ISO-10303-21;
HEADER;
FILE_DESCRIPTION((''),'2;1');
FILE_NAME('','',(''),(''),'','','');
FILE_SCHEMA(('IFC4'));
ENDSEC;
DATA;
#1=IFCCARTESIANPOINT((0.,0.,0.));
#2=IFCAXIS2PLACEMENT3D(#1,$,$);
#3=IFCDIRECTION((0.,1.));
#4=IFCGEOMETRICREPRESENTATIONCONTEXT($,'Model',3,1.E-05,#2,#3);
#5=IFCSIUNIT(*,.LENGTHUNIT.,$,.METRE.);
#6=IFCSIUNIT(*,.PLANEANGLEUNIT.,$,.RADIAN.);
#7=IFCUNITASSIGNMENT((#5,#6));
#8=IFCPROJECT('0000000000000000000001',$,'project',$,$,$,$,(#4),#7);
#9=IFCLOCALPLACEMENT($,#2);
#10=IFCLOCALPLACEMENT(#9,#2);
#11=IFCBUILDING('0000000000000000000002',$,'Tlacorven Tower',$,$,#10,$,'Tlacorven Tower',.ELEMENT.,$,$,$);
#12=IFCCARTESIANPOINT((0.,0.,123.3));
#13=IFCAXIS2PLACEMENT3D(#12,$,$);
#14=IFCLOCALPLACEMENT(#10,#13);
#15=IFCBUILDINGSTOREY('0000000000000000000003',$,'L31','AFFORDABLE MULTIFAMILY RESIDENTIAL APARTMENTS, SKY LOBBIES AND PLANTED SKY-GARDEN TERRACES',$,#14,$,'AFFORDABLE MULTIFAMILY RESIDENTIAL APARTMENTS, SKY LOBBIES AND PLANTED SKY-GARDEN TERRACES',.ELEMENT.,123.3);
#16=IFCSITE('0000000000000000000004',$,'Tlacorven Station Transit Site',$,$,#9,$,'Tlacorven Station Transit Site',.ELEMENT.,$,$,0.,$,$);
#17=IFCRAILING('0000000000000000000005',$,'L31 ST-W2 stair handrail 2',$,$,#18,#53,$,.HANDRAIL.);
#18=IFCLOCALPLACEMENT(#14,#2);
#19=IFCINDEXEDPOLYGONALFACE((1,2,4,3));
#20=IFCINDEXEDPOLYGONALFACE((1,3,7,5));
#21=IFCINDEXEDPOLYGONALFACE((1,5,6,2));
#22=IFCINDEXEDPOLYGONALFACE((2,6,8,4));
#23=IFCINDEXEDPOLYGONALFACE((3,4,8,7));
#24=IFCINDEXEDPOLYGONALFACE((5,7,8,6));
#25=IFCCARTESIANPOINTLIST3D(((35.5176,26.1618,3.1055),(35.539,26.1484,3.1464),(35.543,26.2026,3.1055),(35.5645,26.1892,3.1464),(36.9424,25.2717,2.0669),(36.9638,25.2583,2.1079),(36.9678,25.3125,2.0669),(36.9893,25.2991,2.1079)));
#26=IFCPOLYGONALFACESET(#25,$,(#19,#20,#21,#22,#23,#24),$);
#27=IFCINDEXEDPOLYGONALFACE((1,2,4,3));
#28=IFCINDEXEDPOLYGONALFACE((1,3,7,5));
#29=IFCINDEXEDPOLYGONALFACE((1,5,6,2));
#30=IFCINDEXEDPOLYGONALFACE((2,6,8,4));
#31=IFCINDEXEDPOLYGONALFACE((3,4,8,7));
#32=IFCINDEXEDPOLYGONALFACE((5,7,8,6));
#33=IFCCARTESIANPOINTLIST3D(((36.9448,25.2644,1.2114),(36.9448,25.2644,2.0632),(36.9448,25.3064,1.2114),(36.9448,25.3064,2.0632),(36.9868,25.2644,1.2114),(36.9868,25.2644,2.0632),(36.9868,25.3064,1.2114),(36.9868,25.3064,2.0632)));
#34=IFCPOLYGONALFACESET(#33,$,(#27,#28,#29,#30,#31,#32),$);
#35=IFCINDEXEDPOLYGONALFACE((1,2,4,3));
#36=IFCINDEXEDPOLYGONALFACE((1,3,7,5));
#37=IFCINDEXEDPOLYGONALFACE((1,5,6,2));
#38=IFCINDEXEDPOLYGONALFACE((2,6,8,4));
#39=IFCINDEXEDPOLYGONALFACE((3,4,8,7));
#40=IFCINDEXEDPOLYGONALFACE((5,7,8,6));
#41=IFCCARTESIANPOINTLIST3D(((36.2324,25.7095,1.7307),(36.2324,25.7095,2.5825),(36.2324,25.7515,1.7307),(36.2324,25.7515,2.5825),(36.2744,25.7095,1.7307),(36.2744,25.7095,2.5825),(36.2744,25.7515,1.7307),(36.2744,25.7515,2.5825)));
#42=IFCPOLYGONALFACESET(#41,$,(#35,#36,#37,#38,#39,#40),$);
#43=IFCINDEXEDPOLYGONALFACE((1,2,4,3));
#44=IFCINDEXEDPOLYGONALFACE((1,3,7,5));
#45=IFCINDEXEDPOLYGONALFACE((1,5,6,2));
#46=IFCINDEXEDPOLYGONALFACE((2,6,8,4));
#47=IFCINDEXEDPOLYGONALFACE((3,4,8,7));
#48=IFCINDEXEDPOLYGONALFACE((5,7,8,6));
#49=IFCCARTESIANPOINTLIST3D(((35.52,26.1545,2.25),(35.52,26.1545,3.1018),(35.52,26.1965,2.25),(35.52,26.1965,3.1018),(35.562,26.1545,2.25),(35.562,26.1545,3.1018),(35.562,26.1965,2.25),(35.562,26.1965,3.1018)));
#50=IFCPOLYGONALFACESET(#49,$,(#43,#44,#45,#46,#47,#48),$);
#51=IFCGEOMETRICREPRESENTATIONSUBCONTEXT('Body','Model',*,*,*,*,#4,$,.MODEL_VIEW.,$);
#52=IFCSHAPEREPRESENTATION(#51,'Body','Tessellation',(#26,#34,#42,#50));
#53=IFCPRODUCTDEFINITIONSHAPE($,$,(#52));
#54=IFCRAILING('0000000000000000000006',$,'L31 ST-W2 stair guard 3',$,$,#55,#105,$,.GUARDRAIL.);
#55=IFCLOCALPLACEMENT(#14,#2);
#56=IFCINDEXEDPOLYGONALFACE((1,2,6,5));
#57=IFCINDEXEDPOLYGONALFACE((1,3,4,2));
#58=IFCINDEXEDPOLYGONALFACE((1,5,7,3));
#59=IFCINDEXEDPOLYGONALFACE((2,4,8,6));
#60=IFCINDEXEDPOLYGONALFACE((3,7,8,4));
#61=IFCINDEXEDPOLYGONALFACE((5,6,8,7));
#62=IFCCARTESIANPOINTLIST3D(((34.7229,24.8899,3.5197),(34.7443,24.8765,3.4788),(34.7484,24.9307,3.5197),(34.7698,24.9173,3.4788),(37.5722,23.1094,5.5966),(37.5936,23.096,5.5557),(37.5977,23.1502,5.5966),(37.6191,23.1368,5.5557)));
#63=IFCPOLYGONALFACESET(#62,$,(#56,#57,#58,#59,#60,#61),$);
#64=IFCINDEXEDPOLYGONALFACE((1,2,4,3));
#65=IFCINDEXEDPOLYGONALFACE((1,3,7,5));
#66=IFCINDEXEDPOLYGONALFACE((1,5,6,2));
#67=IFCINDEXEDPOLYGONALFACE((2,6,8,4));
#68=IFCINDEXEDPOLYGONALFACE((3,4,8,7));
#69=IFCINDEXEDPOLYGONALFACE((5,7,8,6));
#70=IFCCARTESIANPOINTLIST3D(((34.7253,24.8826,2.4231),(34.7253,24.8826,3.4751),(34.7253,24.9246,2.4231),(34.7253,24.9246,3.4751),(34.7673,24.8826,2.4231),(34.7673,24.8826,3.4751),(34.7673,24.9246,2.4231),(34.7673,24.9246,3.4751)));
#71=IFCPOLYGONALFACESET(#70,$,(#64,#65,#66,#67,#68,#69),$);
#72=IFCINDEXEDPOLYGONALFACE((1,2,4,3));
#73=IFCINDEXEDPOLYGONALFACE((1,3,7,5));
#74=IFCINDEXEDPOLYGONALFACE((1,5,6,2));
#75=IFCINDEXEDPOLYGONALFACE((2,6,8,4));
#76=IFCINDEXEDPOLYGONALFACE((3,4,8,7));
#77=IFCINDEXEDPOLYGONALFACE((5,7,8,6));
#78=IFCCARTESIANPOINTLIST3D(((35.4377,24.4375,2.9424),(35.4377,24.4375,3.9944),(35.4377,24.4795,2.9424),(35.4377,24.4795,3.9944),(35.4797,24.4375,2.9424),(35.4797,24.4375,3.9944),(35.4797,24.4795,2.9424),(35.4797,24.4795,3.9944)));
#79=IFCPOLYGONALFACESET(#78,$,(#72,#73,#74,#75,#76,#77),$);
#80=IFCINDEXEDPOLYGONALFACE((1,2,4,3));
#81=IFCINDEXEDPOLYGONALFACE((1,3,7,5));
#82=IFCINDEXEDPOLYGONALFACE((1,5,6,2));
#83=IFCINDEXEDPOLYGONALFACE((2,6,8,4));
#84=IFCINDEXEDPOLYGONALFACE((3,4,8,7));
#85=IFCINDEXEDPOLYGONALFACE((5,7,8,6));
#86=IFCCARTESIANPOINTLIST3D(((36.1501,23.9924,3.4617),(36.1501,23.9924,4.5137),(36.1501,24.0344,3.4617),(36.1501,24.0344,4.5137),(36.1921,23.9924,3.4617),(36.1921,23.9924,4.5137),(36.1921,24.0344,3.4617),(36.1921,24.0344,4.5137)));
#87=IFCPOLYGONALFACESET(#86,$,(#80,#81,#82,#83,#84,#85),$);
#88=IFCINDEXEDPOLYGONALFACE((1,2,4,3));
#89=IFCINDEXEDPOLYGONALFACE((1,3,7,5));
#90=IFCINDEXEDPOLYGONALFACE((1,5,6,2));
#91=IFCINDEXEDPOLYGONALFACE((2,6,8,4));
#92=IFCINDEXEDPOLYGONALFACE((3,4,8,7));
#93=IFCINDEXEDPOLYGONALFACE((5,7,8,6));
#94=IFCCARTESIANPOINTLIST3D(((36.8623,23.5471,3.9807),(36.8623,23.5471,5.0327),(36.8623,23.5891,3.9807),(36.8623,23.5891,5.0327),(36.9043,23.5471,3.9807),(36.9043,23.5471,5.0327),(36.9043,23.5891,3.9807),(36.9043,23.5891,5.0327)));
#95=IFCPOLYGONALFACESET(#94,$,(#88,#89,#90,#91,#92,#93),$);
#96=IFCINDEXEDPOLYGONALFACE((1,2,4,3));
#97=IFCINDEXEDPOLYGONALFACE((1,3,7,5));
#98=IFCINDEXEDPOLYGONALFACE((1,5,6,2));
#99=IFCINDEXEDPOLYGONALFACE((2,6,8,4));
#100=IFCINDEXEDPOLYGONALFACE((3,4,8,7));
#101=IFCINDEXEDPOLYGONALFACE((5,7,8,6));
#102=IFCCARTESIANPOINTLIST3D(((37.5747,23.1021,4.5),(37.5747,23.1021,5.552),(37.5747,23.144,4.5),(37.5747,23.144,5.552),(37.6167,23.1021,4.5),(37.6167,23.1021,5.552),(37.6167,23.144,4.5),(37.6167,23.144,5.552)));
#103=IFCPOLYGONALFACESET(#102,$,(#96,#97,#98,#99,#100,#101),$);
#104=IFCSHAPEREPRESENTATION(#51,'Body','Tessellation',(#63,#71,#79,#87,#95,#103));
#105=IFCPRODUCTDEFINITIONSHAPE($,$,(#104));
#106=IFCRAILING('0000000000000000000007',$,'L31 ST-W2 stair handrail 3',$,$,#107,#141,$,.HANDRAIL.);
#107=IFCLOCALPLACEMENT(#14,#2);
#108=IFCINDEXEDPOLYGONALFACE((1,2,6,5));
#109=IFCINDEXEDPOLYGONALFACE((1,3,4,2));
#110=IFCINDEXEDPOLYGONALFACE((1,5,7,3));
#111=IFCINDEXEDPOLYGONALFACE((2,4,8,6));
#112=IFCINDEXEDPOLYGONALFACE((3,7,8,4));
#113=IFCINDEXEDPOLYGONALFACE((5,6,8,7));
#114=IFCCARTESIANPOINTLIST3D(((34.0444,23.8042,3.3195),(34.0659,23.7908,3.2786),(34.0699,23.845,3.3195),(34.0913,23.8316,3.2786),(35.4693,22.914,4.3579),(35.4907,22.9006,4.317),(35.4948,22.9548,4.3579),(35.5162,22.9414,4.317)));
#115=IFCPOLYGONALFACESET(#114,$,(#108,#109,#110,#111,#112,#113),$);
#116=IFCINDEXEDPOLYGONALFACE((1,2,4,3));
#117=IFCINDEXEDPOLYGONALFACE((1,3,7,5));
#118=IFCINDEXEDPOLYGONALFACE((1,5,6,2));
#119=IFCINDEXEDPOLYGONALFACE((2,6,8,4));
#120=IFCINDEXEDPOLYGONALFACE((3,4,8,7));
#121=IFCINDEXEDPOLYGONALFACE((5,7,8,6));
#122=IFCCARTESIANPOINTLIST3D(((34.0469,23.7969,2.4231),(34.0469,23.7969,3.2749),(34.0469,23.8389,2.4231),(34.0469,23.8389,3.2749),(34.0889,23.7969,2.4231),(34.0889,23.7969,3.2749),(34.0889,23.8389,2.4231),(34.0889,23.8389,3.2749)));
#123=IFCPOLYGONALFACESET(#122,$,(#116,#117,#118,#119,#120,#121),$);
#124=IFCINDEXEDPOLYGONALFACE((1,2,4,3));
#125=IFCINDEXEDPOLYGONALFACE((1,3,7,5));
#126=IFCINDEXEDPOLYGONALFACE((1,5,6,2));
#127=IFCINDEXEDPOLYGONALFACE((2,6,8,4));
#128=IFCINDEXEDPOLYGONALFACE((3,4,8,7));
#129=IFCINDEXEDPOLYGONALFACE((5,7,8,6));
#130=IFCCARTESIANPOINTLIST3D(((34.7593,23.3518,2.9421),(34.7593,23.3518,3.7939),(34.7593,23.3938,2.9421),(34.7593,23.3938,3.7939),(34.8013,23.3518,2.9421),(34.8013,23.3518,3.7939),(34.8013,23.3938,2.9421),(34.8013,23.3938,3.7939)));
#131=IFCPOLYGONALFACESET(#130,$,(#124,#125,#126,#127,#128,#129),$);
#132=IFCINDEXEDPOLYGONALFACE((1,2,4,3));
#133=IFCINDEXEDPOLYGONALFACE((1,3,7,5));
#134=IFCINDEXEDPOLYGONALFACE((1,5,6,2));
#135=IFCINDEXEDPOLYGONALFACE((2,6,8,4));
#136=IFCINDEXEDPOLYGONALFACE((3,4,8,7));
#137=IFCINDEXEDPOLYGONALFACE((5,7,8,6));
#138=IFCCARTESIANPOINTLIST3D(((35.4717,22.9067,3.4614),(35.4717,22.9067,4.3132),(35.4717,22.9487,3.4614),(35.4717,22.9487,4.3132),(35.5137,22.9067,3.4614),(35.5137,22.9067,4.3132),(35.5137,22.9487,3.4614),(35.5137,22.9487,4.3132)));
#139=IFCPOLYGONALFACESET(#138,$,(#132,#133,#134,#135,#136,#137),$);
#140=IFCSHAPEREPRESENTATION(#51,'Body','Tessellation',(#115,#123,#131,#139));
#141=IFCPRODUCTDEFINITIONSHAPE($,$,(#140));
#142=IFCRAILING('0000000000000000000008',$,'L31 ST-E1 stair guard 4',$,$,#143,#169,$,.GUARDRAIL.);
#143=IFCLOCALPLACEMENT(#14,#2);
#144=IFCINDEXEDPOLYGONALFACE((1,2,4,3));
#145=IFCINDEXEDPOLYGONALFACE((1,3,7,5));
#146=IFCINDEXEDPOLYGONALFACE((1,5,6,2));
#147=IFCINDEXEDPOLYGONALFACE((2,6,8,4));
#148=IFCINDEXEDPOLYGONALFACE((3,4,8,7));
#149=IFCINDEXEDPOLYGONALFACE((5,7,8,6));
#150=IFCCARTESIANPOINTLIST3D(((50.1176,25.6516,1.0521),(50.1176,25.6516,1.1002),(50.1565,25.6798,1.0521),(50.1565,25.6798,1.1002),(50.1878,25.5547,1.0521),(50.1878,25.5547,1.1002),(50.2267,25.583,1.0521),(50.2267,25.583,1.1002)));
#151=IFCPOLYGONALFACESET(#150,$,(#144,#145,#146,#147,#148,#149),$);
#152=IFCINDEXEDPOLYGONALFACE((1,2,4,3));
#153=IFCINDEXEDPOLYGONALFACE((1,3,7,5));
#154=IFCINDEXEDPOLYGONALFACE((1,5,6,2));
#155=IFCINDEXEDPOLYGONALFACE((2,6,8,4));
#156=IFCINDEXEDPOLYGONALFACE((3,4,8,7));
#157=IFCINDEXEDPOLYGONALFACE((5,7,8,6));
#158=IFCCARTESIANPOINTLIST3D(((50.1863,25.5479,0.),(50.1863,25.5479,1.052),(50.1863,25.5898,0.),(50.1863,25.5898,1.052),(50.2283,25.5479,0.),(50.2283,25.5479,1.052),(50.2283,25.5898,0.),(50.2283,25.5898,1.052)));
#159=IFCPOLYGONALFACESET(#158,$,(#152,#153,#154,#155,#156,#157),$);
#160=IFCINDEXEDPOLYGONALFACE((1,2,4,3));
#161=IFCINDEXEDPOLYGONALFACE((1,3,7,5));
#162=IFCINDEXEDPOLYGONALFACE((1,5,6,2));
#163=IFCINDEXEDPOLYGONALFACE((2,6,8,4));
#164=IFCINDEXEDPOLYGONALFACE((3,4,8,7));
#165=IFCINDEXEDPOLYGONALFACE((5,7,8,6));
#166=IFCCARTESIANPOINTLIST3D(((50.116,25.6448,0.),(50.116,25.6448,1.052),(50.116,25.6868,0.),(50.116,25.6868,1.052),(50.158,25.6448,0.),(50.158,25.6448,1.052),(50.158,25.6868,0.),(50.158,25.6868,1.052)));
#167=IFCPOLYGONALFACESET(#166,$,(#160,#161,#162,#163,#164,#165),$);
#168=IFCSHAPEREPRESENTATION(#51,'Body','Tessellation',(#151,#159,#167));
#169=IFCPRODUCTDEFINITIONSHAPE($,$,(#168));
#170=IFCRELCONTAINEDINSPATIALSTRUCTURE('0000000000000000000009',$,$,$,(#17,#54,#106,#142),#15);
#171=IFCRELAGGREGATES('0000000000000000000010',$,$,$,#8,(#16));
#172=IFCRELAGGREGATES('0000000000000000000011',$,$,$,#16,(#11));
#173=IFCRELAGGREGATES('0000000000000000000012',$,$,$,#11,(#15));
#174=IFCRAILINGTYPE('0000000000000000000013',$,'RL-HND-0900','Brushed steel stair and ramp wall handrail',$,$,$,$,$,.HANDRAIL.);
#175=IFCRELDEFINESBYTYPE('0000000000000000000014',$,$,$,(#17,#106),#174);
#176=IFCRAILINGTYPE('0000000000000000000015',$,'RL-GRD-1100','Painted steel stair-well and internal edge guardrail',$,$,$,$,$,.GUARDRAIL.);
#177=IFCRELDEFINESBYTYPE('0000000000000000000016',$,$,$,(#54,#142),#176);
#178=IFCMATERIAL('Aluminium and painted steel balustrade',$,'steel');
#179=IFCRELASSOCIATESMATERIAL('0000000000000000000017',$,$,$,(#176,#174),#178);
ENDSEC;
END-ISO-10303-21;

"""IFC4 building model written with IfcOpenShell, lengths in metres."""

from ifc_helpers import new_model, si_unit, direction, frame, origin, origin_2d, place, context, subcontext, project, spatial, rectangle, extrude, source, transform, mapped, material, type_object, element, save


model = new_model("IFC4")

# Units and contexts
model_context = context("Model", 3, precision=1e-05, world=origin(), true_north=direction((0.0, 1.0)))
body_context = subcontext(model_context, "Body", "Model", "MODEL_VIEW")
ifc_project = project(units=[si_unit("LENGTHUNIT", "METRE"), si_unit("PLANEANGLEUNIT", "RADIAN")], contexts=[model_context])

# Site, building, storey
site_placement = place(None, origin())
site = spatial("IfcSite", under=ifc_project, at=site_placement, Name="Tlacorven Station Transit Site", LongName="Tlacorven Station Transit Site", CompositionType="ELEMENT", RefElevation=0.0)
building_placement = place(site_placement, origin())
building = spatial("IfcBuilding", under=site, at=building_placement, Name="Tlacorven Tower", LongName="Tlacorven Tower", CompositionType="ELEMENT")
storey_placement = place(building_placement, frame((0.0, 0.0, 123.3)))
storey = spatial("IfcBuildingStorey", under=building, at=storey_placement, Name="L31", Description="AFFORDABLE MULTIFAMILY RESIDENTIAL APARTMENTS, SKY LOBBIES AND PLANTED SKY-GARDEN TERRACES", LongName="AFFORDABLE MULTIFAMILY RESIDENTIAL APARTMENTS, SKY LOBBIES AND PLANTED SKY-GARDEN TERRACES", CompositionType="ELEMENT", Elevation=123.3)

# Railings
ifc_material_1 = material(Name="Aluminium and painted steel balustrade", Category="steel")
railing_type_1 = type_object("IfcRailingType", Name="RL-GRD-1100", Description="Painted steel stair-well and internal edge guardrail", PredefinedType="GUARDRAIL", material=ifc_material_1)
railing_type_2 = type_object("IfcRailingType", Name="RL-HND-0900", Description="Brushed steel stair and ramp wall handrail", PredefinedType="HANDRAIL", material=ifc_material_1)
shared_shape_1 = source(origin(), body_context, "Body", "SweptSolid", [
    extrude(rectangle(XDim=0.0481, YDim=0.0481, at=origin_2d()), frame((0.0, 0.0, 0.876), z_axis=(-0.721381, 0.450678, 0.525832), x_axis=(-0.529842, -0.848096, 0.0)), (0.0, 0.0, 1.0), 1.9751),
    extrude(rectangle(XDim=0.042, YDim=0.042, at=origin_2d()), origin(), (0.0, 0.0, 1.0), 0.8518),
    extrude(rectangle(XDim=0.042, YDim=0.042, at=origin_2d()), frame((-0.7124, 0.4451, 0.5193)), (0.0, 0.0, 1.0), 0.8518),
    extrude(rectangle(XDim=0.042, YDim=0.042, at=origin_2d()), frame((-1.4248, 0.8901, 1.0386)), (0.0, 0.0, 1.0), 0.8518),
])
railing_1_placement = place(storey_placement, frame((36.9658, 25.2854, 1.2114)))
element("IfcRailing", 1, at=railing_1_placement, inside=storey, type_object=railing_type_2, Name="L31 ST-W2 stair handrail 2", PredefinedType="HANDRAIL", context=body_context, shape_type="MappedRepresentation", body=[
    mapped(shared_shape_1, transform((0.0, 0.0, 0.0), scale=1.0)),
])
shared_shape_2 = source(origin(), body_context, "Body", "SweptSolid", [
    extrude(rectangle(XDim=0.0481, YDim=0.0481, at=origin_2d()), frame((0.0, 0.0, 1.0762), z_axis=(0.721355, -0.450762, 0.525796), x_axis=(0.529927, 0.848043, 0.0)), (0.0, 0.0, 1.0), 3.95),
    extrude(rectangle(XDim=0.042, YDim=0.042, at=origin_2d()), origin(), (0.0, 0.0, 1.0), 1.052),
    extrude(rectangle(XDim=0.042, YDim=0.042, at=origin_2d()), frame((0.7124, -0.4451, 0.5193)), (0.0, 0.0, 1.0), 1.052),
    extrude(rectangle(XDim=0.042, YDim=0.042, at=origin_2d()), frame((1.4248, -0.8901, 1.0386)), (0.0, 0.0, 1.0), 1.052),
    extrude(rectangle(XDim=0.042, YDim=0.042, at=origin_2d()), frame((2.137, -1.3354, 1.5576)), (0.0, 0.0, 1.0), 1.052),
    extrude(rectangle(XDim=0.042, YDim=0.042, at=origin_2d()), frame((2.8494, -1.7805, 2.0769)), (0.0, 0.0, 1.0), 1.052),
])
railing_2_placement = place(storey_placement, frame((34.7463, 24.9036, 2.4231)))
element("IfcRailing", 2, at=railing_2_placement, inside=storey, type_object=railing_type_1, Name="L31 ST-W2 stair guard 3", PredefinedType="GUARDRAIL", context=body_context, shape_type="MappedRepresentation", body=[
    mapped(shared_shape_2, transform((0.0, 0.0, 0.0), scale=1.0)),
])
shared_shape_3 = source(origin(), body_context, "Body", "SweptSolid", [
    extrude(rectangle(XDim=0.0481, YDim=0.0481, at=origin_2d()), frame((0.0, 0.0, 0.876), z_axis=(0.721428, -0.450707, 0.525742), x_axis=(0.529842, 0.848096, 0.0)), (0.0, 0.0, 1.0), 1.9751),
    extrude(rectangle(XDim=0.042, YDim=0.042, at=origin_2d()), origin(), (0.0, 0.0, 1.0), 0.8518),
    extrude(rectangle(XDim=0.042, YDim=0.042, at=origin_2d()), frame((0.7124, -0.4451, 0.519)), (0.0, 0.0, 1.0), 0.8518),
    extrude(rectangle(XDim=0.042, YDim=0.042, at=origin_2d()), frame((1.4248, -0.8901, 1.0383)), (0.0, 0.0, 1.0), 0.8518),
])
railing_3_placement = place(storey_placement, frame((34.0679, 23.8179, 2.4231)))
element("IfcRailing", 3, at=railing_3_placement, inside=storey, type_object=railing_type_2, Name="L31 ST-W2 stair handrail 3", PredefinedType="HANDRAIL", context=body_context, shape_type="MappedRepresentation", body=[
    mapped(shared_shape_3, transform((0.0, 0.0, 0.0), scale=1.0)),
])
shared_shape_4 = source(origin(), body_context, "Body", "SweptSolid", [
    extrude(rectangle(XDim=0.0481, YDim=0.0481, at=origin_2d()), frame((0.0, 0.0, 1.0762), z_axis=(-0.587201, 0.809441, 0.0), x_axis=(-0.809441, -0.587201, 0.0)), (0.0, 0.0, 1.0), 0.1196),
    extrude(rectangle(XDim=0.042, YDim=0.042, at=origin_2d()), origin(), (0.0, 0.0, 1.0), 1.052),
    extrude(rectangle(XDim=0.042, YDim=0.042, at=origin_2d()), frame((-0.0703, 0.0969, 0.0)), (0.0, 0.0, 1.0), 1.052),
])
railing_4_placement = place(storey_placement, frame((50.2073, 25.5688, 0.0)))
element("IfcRailing", 4, at=railing_4_placement, inside=storey, type_object=railing_type_1, Name="L31 ST-E1 stair guard 4", PredefinedType="GUARDRAIL", context=body_context, shape_type="MappedRepresentation", body=[
    mapped(shared_shape_4, transform((0.0, 0.0, 0.0), scale=1.0)),
])

save(model, "model.ifc")
